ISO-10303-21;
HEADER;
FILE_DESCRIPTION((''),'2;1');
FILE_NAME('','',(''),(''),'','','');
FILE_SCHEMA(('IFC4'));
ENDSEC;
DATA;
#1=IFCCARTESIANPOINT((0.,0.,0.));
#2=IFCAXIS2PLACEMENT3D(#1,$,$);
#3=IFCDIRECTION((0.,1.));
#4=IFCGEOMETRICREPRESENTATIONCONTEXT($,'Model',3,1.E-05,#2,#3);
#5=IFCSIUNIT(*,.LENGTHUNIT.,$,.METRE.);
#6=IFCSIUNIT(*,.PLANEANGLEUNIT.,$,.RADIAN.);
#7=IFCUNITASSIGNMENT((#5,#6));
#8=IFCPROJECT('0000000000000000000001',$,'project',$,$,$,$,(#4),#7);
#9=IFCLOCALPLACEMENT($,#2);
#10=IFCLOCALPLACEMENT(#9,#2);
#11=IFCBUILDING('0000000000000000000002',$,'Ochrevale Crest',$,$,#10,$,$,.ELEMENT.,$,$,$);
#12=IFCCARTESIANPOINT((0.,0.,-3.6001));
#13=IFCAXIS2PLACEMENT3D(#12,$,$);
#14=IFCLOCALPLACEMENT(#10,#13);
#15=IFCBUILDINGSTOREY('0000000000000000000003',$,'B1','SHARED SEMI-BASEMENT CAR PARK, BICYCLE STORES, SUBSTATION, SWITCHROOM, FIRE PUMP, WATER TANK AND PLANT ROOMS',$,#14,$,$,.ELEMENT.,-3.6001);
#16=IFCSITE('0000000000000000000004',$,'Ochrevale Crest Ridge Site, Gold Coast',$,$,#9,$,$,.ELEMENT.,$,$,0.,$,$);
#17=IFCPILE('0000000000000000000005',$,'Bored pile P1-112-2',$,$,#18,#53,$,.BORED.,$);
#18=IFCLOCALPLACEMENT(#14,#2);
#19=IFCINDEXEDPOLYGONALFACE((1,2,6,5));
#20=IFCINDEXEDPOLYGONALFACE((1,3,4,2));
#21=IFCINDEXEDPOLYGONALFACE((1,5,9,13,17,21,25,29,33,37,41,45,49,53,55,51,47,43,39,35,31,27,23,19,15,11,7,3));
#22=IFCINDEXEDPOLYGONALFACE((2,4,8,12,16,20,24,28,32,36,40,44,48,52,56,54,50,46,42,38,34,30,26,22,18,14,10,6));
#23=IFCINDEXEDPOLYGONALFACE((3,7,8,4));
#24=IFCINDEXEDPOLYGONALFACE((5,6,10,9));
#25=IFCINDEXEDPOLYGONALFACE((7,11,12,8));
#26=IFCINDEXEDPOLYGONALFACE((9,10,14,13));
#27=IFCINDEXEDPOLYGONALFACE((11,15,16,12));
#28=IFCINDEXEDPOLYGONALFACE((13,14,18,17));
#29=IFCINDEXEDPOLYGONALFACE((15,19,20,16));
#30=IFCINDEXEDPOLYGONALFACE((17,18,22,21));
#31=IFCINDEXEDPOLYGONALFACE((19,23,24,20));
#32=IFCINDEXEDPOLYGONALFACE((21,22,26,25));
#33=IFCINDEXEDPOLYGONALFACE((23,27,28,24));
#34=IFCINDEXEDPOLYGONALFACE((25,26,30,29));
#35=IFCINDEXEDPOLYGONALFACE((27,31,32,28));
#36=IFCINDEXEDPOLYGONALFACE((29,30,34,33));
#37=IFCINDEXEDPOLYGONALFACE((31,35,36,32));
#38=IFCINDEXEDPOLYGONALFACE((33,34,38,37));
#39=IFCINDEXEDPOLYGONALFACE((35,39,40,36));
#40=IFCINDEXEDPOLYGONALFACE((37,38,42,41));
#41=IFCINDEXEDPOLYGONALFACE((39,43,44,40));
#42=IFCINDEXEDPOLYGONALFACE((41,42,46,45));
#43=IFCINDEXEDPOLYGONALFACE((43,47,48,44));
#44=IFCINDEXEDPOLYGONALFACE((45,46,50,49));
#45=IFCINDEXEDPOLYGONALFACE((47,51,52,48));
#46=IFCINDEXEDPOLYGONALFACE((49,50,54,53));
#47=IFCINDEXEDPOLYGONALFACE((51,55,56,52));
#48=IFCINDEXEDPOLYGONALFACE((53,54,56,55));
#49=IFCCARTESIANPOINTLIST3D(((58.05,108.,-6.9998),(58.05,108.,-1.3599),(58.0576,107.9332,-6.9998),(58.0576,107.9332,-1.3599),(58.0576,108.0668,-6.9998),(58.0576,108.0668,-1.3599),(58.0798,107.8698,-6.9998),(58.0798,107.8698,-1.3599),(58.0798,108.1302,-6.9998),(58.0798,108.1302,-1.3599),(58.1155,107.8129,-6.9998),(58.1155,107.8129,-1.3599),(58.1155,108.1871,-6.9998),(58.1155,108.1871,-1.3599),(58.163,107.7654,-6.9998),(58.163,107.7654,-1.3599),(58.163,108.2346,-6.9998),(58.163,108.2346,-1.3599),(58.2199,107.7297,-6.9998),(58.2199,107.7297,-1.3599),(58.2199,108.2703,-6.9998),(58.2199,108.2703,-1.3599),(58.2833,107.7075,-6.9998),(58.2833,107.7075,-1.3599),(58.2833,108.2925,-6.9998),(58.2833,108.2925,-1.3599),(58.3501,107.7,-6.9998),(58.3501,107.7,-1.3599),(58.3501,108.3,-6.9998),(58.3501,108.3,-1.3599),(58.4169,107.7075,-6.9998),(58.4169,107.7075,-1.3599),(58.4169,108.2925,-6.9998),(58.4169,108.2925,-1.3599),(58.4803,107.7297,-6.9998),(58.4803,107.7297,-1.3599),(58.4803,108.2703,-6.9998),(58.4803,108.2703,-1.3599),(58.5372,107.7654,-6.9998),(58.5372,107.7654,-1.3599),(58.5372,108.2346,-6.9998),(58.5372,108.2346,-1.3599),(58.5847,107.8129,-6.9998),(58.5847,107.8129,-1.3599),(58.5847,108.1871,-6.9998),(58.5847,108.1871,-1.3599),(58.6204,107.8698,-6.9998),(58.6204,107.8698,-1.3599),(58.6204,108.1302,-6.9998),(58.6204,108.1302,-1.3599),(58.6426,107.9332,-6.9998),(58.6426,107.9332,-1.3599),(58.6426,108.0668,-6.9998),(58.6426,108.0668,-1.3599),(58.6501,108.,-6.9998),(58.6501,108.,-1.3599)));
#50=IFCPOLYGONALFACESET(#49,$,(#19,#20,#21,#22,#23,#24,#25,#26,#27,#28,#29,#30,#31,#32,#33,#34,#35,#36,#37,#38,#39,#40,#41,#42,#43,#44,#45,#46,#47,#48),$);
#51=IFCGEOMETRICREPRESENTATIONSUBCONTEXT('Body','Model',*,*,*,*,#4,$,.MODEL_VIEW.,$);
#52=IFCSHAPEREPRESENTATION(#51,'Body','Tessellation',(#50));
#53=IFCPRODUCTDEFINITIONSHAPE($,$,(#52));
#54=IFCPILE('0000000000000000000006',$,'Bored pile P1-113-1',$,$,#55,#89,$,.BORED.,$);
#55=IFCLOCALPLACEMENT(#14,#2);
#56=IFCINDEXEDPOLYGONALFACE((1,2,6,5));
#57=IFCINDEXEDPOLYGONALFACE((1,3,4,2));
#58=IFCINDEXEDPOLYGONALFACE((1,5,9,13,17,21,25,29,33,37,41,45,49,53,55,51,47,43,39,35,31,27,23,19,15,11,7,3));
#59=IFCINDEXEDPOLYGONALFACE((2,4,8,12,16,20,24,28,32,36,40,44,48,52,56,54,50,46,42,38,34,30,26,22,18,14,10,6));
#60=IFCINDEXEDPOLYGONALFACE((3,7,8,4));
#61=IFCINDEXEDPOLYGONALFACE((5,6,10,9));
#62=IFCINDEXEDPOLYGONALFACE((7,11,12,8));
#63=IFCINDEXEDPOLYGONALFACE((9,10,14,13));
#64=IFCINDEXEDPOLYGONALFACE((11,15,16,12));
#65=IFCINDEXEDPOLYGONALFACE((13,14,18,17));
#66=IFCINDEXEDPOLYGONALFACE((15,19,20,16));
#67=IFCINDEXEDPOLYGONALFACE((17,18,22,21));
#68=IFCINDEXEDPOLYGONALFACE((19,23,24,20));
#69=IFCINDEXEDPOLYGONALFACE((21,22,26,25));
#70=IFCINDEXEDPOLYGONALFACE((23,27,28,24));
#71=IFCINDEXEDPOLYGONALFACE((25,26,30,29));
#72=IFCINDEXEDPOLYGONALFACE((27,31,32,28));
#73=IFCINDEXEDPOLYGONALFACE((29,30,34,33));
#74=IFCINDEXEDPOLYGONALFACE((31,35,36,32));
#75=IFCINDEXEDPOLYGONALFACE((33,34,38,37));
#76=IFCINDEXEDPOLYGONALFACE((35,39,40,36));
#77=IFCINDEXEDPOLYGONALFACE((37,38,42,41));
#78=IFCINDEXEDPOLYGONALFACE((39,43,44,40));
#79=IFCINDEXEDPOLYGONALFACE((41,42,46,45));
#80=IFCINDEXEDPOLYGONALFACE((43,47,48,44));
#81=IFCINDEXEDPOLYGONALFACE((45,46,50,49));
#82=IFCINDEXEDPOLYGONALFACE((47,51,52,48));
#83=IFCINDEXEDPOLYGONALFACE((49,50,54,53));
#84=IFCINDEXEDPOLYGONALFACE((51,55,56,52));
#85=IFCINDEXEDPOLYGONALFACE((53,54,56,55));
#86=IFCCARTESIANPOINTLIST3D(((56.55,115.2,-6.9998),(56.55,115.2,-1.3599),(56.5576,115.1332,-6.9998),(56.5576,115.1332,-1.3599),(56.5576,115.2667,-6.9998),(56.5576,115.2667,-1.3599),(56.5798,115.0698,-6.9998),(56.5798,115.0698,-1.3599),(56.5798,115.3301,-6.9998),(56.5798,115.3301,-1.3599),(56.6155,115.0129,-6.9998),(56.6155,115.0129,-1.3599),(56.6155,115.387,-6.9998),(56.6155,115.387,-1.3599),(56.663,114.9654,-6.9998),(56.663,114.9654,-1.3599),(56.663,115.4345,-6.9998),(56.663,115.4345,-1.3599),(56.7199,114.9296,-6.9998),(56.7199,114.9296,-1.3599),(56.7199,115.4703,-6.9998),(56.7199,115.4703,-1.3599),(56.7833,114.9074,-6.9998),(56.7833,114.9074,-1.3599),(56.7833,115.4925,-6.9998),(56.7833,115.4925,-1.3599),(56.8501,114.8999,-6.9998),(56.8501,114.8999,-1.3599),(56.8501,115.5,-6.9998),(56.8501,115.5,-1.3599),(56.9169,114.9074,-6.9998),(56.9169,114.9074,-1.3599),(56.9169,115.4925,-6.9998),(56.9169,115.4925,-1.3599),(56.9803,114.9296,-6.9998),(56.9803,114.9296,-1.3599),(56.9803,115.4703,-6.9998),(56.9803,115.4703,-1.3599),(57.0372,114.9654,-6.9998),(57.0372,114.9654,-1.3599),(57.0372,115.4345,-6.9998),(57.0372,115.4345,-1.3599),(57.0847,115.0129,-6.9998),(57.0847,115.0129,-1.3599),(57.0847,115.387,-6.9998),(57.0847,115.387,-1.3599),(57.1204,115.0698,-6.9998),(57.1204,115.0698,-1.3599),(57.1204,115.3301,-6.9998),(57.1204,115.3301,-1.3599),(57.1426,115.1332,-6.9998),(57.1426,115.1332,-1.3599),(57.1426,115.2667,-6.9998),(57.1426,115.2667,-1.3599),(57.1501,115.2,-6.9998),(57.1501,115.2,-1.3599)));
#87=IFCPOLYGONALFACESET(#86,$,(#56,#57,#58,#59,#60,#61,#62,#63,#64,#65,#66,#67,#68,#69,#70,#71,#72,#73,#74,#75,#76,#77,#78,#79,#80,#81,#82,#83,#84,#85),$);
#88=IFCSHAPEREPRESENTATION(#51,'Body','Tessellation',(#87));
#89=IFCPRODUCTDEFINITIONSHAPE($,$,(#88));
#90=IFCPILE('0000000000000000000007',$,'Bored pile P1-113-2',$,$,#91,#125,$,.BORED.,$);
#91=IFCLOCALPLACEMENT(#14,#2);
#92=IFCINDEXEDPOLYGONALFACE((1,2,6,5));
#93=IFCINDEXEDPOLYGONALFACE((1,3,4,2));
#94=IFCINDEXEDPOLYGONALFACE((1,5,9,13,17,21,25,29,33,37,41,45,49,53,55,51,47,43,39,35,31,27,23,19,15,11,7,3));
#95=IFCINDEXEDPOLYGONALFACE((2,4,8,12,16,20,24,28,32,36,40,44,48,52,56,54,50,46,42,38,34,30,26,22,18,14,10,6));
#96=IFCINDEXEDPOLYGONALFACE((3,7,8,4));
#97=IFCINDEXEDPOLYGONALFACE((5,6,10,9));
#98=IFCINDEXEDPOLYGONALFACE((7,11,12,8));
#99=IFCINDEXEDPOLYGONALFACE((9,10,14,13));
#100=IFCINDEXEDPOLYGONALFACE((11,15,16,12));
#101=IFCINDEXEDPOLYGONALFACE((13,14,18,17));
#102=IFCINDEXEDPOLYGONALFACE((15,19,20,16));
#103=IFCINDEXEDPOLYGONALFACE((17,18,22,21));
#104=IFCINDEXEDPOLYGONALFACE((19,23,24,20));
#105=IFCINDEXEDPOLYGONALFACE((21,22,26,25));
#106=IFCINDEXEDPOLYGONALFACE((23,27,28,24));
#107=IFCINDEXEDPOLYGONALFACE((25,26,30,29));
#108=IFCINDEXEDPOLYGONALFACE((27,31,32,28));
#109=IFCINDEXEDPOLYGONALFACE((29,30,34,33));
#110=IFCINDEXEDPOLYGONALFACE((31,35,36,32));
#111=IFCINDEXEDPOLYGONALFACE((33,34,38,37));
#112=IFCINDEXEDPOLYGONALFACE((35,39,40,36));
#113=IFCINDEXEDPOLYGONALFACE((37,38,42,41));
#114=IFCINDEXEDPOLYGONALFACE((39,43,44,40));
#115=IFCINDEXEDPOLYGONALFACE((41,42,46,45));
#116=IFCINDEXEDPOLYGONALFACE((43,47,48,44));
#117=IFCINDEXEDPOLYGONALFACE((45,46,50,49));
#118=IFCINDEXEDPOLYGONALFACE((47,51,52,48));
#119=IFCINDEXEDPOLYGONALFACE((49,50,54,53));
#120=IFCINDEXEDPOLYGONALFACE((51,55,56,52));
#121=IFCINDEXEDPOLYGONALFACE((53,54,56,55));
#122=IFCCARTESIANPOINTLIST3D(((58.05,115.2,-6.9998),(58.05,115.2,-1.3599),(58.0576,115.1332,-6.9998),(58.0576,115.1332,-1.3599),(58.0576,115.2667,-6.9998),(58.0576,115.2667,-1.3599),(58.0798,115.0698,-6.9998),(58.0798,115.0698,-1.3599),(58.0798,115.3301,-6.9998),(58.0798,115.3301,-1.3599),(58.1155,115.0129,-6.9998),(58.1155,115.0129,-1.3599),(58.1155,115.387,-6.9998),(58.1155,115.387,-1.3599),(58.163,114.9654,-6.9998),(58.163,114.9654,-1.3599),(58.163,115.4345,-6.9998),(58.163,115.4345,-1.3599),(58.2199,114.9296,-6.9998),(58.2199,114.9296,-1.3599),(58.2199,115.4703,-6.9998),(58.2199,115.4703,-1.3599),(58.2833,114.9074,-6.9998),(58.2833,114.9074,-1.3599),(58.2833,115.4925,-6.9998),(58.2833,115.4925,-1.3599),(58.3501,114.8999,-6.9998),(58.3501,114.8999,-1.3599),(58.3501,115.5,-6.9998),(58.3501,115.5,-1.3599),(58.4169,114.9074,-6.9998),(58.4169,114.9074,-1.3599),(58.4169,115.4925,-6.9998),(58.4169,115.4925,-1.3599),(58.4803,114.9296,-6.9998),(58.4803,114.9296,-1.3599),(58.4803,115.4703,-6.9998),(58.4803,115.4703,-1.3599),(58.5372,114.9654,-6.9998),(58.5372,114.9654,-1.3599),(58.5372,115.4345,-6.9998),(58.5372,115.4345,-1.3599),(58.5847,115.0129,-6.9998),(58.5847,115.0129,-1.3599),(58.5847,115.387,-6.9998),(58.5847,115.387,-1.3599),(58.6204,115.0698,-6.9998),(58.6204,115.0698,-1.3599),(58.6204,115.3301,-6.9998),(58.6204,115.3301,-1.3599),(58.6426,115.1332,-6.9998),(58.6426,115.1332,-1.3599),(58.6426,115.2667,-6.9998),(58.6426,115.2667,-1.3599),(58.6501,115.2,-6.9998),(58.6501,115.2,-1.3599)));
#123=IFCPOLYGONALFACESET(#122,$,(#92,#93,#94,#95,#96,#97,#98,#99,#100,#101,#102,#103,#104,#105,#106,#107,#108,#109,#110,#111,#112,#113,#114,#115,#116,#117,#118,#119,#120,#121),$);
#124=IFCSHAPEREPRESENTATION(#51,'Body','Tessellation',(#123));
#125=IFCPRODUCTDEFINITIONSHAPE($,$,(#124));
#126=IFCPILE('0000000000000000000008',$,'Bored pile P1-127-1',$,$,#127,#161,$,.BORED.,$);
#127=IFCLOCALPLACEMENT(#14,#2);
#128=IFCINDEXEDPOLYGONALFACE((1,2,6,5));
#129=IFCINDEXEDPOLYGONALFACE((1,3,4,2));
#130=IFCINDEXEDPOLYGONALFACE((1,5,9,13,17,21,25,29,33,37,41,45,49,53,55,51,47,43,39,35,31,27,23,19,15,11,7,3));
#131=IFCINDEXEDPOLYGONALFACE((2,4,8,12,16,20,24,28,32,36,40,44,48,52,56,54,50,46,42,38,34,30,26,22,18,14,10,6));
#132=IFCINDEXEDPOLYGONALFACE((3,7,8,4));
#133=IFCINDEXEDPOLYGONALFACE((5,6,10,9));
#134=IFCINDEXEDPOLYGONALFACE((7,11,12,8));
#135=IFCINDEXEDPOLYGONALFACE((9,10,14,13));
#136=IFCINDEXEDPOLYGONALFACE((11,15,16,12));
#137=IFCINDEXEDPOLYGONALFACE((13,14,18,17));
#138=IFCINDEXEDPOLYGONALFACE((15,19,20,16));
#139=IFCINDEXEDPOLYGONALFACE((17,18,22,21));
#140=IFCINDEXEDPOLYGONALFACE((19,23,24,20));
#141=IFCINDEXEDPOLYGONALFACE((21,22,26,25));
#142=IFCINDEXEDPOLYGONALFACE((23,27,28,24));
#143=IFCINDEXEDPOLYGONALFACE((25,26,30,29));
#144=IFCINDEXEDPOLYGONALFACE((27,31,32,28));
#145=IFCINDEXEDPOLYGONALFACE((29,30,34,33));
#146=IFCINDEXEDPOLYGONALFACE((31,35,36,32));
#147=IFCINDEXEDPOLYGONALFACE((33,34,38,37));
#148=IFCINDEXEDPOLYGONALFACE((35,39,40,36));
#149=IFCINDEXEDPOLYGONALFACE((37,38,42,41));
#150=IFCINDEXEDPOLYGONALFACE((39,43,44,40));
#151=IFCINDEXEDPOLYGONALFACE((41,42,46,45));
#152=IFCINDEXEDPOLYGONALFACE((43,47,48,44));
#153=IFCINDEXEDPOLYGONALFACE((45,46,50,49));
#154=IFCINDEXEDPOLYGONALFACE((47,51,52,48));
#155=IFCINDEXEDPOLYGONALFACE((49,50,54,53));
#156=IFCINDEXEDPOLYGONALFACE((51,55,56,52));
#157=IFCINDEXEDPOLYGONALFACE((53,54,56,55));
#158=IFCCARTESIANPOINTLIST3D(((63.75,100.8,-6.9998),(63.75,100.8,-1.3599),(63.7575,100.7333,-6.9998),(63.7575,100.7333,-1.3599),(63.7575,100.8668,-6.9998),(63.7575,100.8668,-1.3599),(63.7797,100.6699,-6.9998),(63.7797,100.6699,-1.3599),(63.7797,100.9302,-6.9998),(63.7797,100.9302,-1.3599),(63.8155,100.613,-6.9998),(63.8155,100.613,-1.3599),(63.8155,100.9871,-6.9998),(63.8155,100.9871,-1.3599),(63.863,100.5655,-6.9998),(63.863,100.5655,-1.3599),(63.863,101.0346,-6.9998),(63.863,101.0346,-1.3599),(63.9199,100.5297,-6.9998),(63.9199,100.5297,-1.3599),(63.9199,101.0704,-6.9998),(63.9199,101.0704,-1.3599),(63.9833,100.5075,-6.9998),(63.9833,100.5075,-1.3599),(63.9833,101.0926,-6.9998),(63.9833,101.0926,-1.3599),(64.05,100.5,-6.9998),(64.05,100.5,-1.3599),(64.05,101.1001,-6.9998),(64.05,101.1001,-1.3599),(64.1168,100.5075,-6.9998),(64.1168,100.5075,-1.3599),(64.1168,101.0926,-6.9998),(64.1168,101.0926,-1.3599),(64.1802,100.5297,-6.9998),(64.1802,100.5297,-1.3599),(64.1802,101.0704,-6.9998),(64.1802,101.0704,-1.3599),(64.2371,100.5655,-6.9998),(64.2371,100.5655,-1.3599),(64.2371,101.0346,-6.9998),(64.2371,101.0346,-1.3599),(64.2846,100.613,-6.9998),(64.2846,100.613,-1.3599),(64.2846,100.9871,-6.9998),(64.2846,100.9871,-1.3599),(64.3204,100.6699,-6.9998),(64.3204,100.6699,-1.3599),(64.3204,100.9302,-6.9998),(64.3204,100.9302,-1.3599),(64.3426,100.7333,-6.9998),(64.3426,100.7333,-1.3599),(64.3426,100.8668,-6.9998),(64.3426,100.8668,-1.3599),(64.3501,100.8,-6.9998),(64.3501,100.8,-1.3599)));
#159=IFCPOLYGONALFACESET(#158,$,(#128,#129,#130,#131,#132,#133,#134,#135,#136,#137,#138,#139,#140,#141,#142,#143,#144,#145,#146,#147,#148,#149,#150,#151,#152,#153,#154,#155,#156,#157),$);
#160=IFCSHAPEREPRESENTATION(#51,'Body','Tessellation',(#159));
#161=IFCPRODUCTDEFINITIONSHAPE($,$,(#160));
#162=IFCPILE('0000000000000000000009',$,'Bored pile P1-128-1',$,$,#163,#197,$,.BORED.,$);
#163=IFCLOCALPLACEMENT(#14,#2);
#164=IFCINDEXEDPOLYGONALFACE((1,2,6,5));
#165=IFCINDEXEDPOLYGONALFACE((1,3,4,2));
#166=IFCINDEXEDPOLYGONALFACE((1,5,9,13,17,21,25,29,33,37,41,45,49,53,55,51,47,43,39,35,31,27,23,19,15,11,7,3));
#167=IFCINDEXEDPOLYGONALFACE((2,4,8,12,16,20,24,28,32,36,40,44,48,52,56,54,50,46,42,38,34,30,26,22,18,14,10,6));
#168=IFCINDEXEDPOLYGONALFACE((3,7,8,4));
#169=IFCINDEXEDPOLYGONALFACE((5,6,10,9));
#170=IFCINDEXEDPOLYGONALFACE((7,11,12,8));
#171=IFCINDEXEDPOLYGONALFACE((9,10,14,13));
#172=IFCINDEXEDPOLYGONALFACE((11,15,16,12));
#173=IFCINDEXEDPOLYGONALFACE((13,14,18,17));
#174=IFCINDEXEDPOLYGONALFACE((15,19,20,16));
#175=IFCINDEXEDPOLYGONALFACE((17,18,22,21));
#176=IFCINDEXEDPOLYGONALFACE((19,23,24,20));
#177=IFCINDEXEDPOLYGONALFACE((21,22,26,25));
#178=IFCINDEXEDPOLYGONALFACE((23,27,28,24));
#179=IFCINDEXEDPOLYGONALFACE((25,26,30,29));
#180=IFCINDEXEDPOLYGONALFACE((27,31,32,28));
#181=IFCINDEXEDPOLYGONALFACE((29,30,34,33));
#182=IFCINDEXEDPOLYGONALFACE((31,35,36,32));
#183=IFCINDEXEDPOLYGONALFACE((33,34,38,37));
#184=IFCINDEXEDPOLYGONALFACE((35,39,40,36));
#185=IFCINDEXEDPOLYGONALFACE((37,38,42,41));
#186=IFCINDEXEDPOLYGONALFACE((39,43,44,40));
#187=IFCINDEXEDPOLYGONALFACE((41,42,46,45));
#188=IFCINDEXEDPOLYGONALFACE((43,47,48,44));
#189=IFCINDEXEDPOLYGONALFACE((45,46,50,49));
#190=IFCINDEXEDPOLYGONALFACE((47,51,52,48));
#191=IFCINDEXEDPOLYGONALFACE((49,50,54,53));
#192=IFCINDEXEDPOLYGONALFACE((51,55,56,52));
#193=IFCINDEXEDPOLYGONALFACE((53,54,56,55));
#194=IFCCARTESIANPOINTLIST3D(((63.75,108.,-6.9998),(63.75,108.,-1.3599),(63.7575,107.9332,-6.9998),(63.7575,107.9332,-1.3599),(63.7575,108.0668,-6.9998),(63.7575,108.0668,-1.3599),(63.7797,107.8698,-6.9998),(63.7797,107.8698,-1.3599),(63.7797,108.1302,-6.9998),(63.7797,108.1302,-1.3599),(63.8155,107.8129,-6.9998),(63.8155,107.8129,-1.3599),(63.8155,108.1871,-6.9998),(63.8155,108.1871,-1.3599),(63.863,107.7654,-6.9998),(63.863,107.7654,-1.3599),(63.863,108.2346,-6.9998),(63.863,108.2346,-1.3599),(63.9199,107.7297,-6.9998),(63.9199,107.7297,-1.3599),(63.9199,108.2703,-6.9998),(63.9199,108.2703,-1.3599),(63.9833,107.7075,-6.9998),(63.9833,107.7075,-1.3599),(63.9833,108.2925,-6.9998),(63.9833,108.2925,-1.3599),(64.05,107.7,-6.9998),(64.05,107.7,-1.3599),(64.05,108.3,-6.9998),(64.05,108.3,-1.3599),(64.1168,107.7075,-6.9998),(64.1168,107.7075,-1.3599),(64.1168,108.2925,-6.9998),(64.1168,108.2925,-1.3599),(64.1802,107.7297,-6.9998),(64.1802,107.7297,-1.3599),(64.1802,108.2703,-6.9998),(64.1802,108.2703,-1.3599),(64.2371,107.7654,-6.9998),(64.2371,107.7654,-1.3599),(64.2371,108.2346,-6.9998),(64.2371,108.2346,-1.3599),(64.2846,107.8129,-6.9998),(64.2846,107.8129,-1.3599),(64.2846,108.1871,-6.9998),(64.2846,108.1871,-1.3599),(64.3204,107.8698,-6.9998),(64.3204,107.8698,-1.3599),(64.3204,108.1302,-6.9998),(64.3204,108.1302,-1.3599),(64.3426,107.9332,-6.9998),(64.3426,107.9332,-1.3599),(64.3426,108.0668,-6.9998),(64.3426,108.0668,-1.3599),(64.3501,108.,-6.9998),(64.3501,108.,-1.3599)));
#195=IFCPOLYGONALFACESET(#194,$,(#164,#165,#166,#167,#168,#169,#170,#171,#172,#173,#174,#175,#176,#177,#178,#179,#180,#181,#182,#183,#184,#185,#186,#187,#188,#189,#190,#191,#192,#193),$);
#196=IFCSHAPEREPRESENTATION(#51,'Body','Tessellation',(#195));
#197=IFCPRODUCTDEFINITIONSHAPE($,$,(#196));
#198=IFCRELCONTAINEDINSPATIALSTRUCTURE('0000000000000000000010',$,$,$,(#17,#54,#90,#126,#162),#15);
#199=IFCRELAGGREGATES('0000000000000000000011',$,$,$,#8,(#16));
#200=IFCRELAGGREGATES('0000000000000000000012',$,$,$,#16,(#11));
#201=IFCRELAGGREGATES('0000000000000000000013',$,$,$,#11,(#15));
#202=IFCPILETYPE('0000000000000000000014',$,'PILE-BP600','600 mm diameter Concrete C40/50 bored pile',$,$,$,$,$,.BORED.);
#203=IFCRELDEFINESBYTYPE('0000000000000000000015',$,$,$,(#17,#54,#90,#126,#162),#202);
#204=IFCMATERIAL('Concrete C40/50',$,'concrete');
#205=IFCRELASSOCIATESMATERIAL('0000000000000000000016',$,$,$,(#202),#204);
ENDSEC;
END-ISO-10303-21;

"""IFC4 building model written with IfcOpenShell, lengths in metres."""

from ifc_helpers import new_model, si_unit, direction, frame, origin, origin_2d, place, context, subcontext, project, spatial, circle, extrude, material, material_profile, profile_set, type_object, element, save


model = new_model("IFC4")

# Units and contexts
model_context = context("Model", 3, precision=1e-05, world=origin(), true_north=direction((0.0, 1.0)))
body_context = subcontext(model_context, "Body", "Model", "MODEL_VIEW")
ifc_project = project(units=[si_unit("LENGTHUNIT", "METRE"), si_unit("PLANEANGLEUNIT", "RADIAN")], contexts=[model_context])

# Site, building, storey
site_placement = place(None, origin())
site = spatial("IfcSite", under=ifc_project, at=site_placement, Name="Ochrevale Crest Ridge Site, Gold Coast", CompositionType="ELEMENT", RefElevation=0.0)
building_placement = place(site_placement, origin())
building = spatial("IfcBuilding", under=site, at=building_placement, Name="Ochrevale Crest", CompositionType="ELEMENT")
storey_placement = place(building_placement, frame((0.0, 0.0, -3.6001)))
storey = spatial("IfcBuildingStorey", under=building, at=storey_placement, Name="B1", Description="SHARED SEMI-BASEMENT CAR PARK, BICYCLE STORES, SUBSTATION, SWITCHROOM, FIRE PUMP, WATER TANK AND PLANT ROOMS", CompositionType="ELEMENT", Elevation=-3.6001)

# Shared definitions
ifc_material_1 = material(Name="Concrete C40/50", Category="concrete")

# Piles
ifc_material_profile_1 = material_profile(ifc_material_1, circle(Radius=0.3, at=origin_2d()), Name="BORED PILE 600")
ifc_profile_set_1 = profile_set([ifc_material_profile_1], Name="Concrete C40/50")
pile_type = type_object("IfcPileType", Name="PILE-BP600", Description="600 mm diameter Concrete C40/50 bored pile", PredefinedType="BORED", material=ifc_profile_set_1)
for number, where, z_axis, x_axis, name in (
    (1, (58.3501, 108.0, -1.3599), (0.0, 0.0, -1.0), (1.0, 0.0, 0.0), "Bored pile P1-112-2"),
    (2, (56.8501, 115.2, -1.3599), (0.0, 0.0, -1.0), (1.0, 0.0, 0.0), "Bored pile P1-113-1"),
    (3, (58.3501, 115.2, -1.3599), (0.0, 0.0, -1.0), (1.0, 0.0, 0.0), "Bored pile P1-113-2"),
    (4, (64.05, 100.8, -1.3599), (0.0, 0.0, -1.0), (1.0, 0.0, 0.0), "Bored pile P1-127-1"),
    (5, (64.05, 108.0, -1.3599), (0.0, 0.0, -1.0), (1.0, 0.0, 0.0), "Bored pile P1-128-1"),
):
    element("IfcPile", number, at=place(storey_placement, frame(where, z_axis=z_axis, x_axis=x_axis)), inside=storey, type_object=pile_type, Name=name, PredefinedType="BORED", context=body_context, shape_type="SweptSolid", body=[
        extrude(circle(Radius=0.3, at=origin_2d()), origin(), (0.0, 0.0, 1.0), 5.6399),
    ])

save(model, "model.ifc")
